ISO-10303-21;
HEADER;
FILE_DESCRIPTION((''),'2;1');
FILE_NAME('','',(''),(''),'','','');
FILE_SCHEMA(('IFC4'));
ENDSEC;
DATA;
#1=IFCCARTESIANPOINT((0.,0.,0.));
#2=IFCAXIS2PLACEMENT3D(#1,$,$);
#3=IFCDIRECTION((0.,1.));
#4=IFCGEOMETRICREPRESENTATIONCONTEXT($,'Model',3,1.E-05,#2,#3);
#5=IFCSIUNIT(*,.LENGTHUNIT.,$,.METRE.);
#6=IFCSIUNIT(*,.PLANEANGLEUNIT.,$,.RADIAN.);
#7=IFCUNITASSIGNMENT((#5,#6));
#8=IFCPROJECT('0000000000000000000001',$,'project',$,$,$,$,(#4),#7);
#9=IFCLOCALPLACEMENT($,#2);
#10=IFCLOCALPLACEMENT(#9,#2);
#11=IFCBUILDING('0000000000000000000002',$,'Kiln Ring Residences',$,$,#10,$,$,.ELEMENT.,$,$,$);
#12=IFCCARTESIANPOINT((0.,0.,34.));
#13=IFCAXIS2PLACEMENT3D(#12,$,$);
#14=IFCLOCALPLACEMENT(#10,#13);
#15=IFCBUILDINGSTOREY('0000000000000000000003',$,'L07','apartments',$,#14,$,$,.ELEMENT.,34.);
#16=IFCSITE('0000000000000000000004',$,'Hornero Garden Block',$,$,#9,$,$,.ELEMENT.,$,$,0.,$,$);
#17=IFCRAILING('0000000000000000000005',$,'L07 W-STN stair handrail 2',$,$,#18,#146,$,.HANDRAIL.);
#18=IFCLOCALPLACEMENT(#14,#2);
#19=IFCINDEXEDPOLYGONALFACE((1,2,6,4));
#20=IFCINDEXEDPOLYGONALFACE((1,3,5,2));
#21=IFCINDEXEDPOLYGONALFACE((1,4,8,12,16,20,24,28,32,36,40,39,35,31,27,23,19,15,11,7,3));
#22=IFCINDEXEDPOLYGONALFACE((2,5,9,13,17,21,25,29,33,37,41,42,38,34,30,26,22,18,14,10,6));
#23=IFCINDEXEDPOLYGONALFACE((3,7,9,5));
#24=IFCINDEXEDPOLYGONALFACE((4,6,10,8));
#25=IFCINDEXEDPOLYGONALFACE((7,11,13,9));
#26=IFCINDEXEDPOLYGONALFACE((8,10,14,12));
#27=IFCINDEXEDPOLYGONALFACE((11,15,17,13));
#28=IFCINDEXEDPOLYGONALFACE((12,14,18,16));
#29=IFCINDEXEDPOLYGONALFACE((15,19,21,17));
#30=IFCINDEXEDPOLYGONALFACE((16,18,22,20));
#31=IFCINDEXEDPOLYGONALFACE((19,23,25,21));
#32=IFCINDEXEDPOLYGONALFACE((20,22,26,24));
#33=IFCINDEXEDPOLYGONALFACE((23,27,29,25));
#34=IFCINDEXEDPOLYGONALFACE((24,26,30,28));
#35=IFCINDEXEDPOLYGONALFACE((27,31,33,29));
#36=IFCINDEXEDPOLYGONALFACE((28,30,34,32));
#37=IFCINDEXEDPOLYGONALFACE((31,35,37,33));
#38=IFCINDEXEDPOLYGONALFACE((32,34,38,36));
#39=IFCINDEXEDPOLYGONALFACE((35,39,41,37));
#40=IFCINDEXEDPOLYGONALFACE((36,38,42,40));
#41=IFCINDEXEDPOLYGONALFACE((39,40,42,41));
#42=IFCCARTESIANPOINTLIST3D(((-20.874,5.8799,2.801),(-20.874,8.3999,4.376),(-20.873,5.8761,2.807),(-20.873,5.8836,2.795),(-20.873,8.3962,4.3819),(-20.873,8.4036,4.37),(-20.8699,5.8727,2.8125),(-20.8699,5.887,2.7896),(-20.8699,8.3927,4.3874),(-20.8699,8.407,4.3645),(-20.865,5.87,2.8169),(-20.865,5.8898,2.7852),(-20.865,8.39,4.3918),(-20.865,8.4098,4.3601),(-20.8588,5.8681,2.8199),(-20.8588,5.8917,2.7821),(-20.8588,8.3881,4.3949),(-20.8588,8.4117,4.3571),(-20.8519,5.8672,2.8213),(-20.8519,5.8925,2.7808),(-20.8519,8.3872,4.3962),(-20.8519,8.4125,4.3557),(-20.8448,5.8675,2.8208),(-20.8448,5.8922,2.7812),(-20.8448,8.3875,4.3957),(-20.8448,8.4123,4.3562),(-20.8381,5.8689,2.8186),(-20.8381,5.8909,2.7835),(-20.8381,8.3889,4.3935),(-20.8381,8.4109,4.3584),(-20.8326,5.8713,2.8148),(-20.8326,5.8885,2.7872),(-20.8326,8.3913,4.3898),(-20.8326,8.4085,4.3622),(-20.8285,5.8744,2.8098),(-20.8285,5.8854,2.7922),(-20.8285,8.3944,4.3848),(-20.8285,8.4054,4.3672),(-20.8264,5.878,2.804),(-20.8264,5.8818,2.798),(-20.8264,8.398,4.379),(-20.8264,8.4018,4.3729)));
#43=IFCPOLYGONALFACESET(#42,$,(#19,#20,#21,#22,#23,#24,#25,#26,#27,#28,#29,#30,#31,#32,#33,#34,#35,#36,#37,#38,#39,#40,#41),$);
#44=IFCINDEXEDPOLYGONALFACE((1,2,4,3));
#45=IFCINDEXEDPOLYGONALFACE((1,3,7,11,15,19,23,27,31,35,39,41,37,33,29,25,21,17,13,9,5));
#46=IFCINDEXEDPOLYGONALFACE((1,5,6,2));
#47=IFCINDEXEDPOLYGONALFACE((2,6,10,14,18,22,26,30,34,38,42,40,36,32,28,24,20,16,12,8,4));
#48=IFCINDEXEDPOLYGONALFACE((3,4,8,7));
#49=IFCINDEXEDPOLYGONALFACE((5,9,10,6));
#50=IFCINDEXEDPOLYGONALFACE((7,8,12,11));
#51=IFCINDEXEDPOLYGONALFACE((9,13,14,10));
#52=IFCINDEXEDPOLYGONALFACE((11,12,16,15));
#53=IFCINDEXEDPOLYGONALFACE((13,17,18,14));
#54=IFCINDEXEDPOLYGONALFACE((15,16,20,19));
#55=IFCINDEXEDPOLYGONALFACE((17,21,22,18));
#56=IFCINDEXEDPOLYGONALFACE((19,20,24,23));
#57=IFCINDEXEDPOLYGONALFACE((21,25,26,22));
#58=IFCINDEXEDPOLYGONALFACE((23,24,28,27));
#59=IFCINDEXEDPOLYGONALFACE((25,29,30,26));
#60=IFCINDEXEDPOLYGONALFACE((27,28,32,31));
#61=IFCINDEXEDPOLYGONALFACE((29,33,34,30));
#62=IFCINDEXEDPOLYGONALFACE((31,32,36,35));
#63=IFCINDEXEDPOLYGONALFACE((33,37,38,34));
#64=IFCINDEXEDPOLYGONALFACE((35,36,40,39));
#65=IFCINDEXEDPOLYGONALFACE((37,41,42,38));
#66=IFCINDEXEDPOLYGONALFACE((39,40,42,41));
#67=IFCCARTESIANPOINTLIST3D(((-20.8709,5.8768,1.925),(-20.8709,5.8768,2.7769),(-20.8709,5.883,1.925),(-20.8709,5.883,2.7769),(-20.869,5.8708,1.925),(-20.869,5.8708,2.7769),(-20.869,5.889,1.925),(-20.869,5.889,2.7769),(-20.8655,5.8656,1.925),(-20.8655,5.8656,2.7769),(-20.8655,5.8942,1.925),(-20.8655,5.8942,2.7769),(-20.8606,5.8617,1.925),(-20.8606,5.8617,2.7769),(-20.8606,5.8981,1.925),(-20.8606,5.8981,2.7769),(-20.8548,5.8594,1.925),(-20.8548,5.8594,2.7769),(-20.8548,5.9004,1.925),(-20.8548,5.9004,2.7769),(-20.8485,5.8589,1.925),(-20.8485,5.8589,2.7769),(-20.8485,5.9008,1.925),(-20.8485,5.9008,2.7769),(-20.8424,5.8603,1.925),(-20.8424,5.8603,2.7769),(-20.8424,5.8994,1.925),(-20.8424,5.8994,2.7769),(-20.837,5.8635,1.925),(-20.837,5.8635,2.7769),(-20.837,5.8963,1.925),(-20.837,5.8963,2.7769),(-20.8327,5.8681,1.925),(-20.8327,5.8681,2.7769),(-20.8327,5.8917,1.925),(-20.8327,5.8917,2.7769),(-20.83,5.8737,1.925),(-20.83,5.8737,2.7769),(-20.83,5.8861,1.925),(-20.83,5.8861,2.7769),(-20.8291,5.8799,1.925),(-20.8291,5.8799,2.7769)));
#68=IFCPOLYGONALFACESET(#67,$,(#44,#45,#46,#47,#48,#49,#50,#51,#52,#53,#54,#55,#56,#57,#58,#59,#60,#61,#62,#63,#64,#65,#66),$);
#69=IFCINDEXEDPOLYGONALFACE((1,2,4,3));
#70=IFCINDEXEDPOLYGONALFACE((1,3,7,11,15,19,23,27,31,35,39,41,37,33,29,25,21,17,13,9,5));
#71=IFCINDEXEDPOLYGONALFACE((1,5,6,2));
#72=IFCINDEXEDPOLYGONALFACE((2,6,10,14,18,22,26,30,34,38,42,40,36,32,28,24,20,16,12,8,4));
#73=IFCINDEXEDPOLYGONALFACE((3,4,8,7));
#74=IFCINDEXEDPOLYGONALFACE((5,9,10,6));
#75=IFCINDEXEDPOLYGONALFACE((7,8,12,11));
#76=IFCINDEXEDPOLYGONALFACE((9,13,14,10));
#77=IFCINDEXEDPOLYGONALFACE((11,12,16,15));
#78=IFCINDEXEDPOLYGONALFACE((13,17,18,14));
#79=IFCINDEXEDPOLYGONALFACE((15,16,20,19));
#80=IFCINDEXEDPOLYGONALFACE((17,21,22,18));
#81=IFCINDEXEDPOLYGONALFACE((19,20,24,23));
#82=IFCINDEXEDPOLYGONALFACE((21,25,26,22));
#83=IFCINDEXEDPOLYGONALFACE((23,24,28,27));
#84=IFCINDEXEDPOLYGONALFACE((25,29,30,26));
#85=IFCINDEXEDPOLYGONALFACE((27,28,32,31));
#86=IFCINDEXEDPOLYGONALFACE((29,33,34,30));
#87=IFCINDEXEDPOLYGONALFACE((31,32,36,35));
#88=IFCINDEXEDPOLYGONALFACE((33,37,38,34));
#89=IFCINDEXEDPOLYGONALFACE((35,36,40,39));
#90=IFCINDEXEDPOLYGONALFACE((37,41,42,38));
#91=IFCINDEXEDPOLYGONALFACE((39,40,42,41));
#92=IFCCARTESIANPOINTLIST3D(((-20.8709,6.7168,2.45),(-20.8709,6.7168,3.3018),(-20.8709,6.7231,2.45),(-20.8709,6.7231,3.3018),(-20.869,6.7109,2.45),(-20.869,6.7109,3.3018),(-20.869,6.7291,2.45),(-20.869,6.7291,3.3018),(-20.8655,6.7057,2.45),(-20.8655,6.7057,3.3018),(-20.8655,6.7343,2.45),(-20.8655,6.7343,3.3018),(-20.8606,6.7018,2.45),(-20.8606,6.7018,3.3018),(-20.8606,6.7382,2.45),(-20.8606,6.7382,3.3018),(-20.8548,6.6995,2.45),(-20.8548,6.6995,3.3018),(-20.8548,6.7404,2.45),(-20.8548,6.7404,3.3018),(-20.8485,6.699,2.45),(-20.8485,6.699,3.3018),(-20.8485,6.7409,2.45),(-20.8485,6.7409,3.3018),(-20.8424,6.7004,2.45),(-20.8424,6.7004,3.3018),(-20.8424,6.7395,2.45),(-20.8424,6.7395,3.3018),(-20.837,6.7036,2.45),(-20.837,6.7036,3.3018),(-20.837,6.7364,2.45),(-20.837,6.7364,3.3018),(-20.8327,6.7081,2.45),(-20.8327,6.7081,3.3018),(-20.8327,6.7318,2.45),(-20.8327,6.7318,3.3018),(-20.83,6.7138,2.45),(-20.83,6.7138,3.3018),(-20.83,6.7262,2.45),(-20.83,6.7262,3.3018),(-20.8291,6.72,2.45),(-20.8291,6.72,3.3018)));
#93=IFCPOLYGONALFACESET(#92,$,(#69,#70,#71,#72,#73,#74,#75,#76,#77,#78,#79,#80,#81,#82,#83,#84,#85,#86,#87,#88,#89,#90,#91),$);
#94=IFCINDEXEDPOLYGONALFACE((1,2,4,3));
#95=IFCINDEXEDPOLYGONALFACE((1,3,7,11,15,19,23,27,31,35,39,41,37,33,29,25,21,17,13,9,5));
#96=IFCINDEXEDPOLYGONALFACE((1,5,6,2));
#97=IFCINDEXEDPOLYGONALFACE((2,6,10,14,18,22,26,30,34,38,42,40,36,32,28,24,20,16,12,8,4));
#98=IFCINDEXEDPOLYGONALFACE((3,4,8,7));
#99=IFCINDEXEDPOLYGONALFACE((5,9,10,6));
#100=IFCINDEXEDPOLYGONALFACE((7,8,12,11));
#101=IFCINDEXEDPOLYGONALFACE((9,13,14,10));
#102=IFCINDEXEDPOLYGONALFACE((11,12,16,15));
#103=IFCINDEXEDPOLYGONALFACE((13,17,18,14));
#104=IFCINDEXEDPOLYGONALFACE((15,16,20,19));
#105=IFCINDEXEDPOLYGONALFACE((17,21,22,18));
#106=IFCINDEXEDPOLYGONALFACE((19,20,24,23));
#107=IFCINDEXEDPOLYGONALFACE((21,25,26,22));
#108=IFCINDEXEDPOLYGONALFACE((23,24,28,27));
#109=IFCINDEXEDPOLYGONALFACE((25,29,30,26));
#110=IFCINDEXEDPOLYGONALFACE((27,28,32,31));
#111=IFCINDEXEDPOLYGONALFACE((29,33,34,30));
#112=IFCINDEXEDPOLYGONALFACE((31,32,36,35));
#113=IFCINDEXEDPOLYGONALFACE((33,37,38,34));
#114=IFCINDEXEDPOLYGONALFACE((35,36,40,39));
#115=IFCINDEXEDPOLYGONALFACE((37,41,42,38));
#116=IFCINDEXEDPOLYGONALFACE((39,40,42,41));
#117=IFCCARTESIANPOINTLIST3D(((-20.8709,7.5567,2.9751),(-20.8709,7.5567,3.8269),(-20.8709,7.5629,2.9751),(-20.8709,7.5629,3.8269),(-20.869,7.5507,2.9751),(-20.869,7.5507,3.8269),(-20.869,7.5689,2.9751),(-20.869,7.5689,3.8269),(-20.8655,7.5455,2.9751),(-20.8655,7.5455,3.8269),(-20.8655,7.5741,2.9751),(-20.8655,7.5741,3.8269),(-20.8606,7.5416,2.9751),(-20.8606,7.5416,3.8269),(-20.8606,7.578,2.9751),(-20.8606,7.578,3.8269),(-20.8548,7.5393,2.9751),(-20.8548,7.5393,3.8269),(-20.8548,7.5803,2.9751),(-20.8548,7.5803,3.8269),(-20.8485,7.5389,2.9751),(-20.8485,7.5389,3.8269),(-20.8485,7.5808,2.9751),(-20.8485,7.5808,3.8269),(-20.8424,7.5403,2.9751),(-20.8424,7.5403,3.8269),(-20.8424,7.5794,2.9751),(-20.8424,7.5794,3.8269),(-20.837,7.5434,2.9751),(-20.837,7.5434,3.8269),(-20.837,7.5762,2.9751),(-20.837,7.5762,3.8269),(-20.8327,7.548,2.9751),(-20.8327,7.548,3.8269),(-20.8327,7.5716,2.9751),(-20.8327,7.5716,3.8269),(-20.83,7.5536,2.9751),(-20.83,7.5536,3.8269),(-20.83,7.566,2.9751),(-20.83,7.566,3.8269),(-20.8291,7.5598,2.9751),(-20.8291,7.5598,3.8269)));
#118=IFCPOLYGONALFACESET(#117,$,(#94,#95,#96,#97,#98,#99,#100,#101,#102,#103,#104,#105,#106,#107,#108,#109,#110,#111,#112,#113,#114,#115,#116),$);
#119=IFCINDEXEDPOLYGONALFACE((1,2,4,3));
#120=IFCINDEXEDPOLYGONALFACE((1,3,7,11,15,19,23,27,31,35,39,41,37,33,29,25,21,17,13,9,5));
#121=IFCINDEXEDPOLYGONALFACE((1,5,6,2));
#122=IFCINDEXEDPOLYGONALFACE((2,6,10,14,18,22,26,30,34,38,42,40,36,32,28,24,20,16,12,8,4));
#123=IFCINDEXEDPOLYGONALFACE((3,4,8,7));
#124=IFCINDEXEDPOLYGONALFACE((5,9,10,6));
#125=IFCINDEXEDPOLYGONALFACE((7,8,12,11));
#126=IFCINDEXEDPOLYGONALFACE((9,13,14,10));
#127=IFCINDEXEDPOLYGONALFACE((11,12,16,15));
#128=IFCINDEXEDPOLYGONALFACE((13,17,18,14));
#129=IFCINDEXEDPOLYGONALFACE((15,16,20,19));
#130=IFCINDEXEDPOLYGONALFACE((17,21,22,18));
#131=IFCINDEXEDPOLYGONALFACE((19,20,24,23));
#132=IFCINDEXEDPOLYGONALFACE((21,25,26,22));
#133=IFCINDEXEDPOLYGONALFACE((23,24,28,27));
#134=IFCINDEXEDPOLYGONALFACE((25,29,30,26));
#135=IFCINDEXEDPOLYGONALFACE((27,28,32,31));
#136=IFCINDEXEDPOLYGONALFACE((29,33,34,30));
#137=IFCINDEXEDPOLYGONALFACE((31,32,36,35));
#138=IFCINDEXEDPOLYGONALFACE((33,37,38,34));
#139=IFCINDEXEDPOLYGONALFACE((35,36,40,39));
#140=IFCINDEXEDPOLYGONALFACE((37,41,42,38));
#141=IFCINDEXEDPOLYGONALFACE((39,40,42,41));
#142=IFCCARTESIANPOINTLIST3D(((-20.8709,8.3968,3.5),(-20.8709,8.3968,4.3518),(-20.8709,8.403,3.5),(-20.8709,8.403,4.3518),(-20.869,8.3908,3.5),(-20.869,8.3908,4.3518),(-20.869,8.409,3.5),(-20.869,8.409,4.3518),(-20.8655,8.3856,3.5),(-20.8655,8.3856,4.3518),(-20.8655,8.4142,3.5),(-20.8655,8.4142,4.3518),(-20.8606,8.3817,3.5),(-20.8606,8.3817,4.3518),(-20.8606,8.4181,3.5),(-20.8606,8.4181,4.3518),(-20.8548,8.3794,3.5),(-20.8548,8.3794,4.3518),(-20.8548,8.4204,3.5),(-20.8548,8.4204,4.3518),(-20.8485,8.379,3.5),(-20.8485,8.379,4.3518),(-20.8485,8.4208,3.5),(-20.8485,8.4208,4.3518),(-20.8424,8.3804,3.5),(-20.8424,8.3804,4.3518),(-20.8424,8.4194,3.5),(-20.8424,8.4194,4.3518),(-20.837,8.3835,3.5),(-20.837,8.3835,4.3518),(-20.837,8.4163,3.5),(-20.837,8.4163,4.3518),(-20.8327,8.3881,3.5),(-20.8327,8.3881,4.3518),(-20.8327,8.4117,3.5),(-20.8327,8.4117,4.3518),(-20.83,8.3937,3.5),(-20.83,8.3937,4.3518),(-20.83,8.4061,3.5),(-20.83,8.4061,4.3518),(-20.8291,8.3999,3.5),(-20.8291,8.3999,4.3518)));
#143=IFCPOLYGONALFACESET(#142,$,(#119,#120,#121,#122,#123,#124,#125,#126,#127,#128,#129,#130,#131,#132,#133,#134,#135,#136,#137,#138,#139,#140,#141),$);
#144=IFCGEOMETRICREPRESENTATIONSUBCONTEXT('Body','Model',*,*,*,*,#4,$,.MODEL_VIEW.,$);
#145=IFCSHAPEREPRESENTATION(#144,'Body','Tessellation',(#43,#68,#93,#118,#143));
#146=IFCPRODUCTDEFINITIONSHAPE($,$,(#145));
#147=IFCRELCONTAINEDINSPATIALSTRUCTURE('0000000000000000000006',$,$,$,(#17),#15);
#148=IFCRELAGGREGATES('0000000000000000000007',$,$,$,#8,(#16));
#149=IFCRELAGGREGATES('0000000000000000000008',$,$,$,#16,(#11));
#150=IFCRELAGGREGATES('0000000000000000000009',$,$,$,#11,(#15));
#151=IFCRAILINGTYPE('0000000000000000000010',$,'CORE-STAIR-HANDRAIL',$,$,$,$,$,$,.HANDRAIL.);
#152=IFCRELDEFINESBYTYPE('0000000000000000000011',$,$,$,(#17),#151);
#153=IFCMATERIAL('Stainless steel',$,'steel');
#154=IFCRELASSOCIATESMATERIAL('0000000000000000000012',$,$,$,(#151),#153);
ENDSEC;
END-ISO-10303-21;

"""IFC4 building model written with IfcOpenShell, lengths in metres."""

from ifc_helpers import new_model, si_unit, direction, frame, origin, origin_2d, place, context, subcontext, project, spatial, circle, extrude, material, type_object, element, save


model = new_model("IFC4")

# Units and contexts
model_context = context("Model", 3, precision=1e-05, world=origin(), true_north=direction((0.0, 1.0)))
body_context = subcontext(model_context, "Body", "Model", "MODEL_VIEW")
ifc_project = project(units=[si_unit("LENGTHUNIT", "METRE"), si_unit("PLANEANGLEUNIT", "RADIAN")], contexts=[model_context])

# Site, building, storey
site_placement = place(None, origin())
site = spatial("IfcSite", under=ifc_project, at=site_placement, Name="Hornero Garden Block", CompositionType="ELEMENT", RefElevation=0.0)
building_placement = place(site_placement, origin())
building = spatial("IfcBuilding", under=site, at=building_placement, Name="Kiln Ring Residences", CompositionType="ELEMENT")
storey_placement = place(building_placement, frame((0.0, 0.0, 34.0)))
storey = spatial("IfcBuildingStorey", under=building, at=storey_placement, Name="L07", Description="apartments", CompositionType="ELEMENT", Elevation=34.0)

# Railing
ifc_material_1 = material(Name="Stainless steel", Category="steel")
railing_type_1 = type_object("IfcRailingType", Name="CORE-STAIR-HANDRAIL", PredefinedType="HANDRAIL", material=ifc_material_1)
railing_1_placement = place(storey_placement, frame((-20.8501, 5.8799, 1.925)))
element("IfcRailing", 1, at=railing_1_placement, inside=storey, type_object=railing_type_1, Name="L07 W-STN stair handrail 2", PredefinedType="HANDRAIL", context=body_context, shape_type="SweptSolid", body=[
    extrude(circle(Radius=0.0239, at=origin_2d()), frame((0.0, 0.0, 0.876), z_axis=(0.0, 0.848008, 0.529984), x_axis=(-1.0, 0.0, 0.0)), (0.0, 0.0, 1.0), 2.9717),
    extrude(circle(Radius=0.021, at=origin_2d()), origin(), (0.0, 0.0, 1.0), 0.8518),
    extrude(circle(Radius=0.021, at=origin_2d()), frame((0.0, 0.8401, 0.5249)), (0.0, 0.0, 1.0), 0.8518),
    extrude(circle(Radius=0.021, at=origin_2d()), frame((0.0, 1.6799, 1.05)), (0.0, 0.0, 1.0), 0.8518),
    extrude(circle(Radius=0.021, at=origin_2d()), frame((0.0, 2.52, 1.575)), (0.0, 0.0, 1.0), 0.8518),
])

save(model, "model.ifc")
